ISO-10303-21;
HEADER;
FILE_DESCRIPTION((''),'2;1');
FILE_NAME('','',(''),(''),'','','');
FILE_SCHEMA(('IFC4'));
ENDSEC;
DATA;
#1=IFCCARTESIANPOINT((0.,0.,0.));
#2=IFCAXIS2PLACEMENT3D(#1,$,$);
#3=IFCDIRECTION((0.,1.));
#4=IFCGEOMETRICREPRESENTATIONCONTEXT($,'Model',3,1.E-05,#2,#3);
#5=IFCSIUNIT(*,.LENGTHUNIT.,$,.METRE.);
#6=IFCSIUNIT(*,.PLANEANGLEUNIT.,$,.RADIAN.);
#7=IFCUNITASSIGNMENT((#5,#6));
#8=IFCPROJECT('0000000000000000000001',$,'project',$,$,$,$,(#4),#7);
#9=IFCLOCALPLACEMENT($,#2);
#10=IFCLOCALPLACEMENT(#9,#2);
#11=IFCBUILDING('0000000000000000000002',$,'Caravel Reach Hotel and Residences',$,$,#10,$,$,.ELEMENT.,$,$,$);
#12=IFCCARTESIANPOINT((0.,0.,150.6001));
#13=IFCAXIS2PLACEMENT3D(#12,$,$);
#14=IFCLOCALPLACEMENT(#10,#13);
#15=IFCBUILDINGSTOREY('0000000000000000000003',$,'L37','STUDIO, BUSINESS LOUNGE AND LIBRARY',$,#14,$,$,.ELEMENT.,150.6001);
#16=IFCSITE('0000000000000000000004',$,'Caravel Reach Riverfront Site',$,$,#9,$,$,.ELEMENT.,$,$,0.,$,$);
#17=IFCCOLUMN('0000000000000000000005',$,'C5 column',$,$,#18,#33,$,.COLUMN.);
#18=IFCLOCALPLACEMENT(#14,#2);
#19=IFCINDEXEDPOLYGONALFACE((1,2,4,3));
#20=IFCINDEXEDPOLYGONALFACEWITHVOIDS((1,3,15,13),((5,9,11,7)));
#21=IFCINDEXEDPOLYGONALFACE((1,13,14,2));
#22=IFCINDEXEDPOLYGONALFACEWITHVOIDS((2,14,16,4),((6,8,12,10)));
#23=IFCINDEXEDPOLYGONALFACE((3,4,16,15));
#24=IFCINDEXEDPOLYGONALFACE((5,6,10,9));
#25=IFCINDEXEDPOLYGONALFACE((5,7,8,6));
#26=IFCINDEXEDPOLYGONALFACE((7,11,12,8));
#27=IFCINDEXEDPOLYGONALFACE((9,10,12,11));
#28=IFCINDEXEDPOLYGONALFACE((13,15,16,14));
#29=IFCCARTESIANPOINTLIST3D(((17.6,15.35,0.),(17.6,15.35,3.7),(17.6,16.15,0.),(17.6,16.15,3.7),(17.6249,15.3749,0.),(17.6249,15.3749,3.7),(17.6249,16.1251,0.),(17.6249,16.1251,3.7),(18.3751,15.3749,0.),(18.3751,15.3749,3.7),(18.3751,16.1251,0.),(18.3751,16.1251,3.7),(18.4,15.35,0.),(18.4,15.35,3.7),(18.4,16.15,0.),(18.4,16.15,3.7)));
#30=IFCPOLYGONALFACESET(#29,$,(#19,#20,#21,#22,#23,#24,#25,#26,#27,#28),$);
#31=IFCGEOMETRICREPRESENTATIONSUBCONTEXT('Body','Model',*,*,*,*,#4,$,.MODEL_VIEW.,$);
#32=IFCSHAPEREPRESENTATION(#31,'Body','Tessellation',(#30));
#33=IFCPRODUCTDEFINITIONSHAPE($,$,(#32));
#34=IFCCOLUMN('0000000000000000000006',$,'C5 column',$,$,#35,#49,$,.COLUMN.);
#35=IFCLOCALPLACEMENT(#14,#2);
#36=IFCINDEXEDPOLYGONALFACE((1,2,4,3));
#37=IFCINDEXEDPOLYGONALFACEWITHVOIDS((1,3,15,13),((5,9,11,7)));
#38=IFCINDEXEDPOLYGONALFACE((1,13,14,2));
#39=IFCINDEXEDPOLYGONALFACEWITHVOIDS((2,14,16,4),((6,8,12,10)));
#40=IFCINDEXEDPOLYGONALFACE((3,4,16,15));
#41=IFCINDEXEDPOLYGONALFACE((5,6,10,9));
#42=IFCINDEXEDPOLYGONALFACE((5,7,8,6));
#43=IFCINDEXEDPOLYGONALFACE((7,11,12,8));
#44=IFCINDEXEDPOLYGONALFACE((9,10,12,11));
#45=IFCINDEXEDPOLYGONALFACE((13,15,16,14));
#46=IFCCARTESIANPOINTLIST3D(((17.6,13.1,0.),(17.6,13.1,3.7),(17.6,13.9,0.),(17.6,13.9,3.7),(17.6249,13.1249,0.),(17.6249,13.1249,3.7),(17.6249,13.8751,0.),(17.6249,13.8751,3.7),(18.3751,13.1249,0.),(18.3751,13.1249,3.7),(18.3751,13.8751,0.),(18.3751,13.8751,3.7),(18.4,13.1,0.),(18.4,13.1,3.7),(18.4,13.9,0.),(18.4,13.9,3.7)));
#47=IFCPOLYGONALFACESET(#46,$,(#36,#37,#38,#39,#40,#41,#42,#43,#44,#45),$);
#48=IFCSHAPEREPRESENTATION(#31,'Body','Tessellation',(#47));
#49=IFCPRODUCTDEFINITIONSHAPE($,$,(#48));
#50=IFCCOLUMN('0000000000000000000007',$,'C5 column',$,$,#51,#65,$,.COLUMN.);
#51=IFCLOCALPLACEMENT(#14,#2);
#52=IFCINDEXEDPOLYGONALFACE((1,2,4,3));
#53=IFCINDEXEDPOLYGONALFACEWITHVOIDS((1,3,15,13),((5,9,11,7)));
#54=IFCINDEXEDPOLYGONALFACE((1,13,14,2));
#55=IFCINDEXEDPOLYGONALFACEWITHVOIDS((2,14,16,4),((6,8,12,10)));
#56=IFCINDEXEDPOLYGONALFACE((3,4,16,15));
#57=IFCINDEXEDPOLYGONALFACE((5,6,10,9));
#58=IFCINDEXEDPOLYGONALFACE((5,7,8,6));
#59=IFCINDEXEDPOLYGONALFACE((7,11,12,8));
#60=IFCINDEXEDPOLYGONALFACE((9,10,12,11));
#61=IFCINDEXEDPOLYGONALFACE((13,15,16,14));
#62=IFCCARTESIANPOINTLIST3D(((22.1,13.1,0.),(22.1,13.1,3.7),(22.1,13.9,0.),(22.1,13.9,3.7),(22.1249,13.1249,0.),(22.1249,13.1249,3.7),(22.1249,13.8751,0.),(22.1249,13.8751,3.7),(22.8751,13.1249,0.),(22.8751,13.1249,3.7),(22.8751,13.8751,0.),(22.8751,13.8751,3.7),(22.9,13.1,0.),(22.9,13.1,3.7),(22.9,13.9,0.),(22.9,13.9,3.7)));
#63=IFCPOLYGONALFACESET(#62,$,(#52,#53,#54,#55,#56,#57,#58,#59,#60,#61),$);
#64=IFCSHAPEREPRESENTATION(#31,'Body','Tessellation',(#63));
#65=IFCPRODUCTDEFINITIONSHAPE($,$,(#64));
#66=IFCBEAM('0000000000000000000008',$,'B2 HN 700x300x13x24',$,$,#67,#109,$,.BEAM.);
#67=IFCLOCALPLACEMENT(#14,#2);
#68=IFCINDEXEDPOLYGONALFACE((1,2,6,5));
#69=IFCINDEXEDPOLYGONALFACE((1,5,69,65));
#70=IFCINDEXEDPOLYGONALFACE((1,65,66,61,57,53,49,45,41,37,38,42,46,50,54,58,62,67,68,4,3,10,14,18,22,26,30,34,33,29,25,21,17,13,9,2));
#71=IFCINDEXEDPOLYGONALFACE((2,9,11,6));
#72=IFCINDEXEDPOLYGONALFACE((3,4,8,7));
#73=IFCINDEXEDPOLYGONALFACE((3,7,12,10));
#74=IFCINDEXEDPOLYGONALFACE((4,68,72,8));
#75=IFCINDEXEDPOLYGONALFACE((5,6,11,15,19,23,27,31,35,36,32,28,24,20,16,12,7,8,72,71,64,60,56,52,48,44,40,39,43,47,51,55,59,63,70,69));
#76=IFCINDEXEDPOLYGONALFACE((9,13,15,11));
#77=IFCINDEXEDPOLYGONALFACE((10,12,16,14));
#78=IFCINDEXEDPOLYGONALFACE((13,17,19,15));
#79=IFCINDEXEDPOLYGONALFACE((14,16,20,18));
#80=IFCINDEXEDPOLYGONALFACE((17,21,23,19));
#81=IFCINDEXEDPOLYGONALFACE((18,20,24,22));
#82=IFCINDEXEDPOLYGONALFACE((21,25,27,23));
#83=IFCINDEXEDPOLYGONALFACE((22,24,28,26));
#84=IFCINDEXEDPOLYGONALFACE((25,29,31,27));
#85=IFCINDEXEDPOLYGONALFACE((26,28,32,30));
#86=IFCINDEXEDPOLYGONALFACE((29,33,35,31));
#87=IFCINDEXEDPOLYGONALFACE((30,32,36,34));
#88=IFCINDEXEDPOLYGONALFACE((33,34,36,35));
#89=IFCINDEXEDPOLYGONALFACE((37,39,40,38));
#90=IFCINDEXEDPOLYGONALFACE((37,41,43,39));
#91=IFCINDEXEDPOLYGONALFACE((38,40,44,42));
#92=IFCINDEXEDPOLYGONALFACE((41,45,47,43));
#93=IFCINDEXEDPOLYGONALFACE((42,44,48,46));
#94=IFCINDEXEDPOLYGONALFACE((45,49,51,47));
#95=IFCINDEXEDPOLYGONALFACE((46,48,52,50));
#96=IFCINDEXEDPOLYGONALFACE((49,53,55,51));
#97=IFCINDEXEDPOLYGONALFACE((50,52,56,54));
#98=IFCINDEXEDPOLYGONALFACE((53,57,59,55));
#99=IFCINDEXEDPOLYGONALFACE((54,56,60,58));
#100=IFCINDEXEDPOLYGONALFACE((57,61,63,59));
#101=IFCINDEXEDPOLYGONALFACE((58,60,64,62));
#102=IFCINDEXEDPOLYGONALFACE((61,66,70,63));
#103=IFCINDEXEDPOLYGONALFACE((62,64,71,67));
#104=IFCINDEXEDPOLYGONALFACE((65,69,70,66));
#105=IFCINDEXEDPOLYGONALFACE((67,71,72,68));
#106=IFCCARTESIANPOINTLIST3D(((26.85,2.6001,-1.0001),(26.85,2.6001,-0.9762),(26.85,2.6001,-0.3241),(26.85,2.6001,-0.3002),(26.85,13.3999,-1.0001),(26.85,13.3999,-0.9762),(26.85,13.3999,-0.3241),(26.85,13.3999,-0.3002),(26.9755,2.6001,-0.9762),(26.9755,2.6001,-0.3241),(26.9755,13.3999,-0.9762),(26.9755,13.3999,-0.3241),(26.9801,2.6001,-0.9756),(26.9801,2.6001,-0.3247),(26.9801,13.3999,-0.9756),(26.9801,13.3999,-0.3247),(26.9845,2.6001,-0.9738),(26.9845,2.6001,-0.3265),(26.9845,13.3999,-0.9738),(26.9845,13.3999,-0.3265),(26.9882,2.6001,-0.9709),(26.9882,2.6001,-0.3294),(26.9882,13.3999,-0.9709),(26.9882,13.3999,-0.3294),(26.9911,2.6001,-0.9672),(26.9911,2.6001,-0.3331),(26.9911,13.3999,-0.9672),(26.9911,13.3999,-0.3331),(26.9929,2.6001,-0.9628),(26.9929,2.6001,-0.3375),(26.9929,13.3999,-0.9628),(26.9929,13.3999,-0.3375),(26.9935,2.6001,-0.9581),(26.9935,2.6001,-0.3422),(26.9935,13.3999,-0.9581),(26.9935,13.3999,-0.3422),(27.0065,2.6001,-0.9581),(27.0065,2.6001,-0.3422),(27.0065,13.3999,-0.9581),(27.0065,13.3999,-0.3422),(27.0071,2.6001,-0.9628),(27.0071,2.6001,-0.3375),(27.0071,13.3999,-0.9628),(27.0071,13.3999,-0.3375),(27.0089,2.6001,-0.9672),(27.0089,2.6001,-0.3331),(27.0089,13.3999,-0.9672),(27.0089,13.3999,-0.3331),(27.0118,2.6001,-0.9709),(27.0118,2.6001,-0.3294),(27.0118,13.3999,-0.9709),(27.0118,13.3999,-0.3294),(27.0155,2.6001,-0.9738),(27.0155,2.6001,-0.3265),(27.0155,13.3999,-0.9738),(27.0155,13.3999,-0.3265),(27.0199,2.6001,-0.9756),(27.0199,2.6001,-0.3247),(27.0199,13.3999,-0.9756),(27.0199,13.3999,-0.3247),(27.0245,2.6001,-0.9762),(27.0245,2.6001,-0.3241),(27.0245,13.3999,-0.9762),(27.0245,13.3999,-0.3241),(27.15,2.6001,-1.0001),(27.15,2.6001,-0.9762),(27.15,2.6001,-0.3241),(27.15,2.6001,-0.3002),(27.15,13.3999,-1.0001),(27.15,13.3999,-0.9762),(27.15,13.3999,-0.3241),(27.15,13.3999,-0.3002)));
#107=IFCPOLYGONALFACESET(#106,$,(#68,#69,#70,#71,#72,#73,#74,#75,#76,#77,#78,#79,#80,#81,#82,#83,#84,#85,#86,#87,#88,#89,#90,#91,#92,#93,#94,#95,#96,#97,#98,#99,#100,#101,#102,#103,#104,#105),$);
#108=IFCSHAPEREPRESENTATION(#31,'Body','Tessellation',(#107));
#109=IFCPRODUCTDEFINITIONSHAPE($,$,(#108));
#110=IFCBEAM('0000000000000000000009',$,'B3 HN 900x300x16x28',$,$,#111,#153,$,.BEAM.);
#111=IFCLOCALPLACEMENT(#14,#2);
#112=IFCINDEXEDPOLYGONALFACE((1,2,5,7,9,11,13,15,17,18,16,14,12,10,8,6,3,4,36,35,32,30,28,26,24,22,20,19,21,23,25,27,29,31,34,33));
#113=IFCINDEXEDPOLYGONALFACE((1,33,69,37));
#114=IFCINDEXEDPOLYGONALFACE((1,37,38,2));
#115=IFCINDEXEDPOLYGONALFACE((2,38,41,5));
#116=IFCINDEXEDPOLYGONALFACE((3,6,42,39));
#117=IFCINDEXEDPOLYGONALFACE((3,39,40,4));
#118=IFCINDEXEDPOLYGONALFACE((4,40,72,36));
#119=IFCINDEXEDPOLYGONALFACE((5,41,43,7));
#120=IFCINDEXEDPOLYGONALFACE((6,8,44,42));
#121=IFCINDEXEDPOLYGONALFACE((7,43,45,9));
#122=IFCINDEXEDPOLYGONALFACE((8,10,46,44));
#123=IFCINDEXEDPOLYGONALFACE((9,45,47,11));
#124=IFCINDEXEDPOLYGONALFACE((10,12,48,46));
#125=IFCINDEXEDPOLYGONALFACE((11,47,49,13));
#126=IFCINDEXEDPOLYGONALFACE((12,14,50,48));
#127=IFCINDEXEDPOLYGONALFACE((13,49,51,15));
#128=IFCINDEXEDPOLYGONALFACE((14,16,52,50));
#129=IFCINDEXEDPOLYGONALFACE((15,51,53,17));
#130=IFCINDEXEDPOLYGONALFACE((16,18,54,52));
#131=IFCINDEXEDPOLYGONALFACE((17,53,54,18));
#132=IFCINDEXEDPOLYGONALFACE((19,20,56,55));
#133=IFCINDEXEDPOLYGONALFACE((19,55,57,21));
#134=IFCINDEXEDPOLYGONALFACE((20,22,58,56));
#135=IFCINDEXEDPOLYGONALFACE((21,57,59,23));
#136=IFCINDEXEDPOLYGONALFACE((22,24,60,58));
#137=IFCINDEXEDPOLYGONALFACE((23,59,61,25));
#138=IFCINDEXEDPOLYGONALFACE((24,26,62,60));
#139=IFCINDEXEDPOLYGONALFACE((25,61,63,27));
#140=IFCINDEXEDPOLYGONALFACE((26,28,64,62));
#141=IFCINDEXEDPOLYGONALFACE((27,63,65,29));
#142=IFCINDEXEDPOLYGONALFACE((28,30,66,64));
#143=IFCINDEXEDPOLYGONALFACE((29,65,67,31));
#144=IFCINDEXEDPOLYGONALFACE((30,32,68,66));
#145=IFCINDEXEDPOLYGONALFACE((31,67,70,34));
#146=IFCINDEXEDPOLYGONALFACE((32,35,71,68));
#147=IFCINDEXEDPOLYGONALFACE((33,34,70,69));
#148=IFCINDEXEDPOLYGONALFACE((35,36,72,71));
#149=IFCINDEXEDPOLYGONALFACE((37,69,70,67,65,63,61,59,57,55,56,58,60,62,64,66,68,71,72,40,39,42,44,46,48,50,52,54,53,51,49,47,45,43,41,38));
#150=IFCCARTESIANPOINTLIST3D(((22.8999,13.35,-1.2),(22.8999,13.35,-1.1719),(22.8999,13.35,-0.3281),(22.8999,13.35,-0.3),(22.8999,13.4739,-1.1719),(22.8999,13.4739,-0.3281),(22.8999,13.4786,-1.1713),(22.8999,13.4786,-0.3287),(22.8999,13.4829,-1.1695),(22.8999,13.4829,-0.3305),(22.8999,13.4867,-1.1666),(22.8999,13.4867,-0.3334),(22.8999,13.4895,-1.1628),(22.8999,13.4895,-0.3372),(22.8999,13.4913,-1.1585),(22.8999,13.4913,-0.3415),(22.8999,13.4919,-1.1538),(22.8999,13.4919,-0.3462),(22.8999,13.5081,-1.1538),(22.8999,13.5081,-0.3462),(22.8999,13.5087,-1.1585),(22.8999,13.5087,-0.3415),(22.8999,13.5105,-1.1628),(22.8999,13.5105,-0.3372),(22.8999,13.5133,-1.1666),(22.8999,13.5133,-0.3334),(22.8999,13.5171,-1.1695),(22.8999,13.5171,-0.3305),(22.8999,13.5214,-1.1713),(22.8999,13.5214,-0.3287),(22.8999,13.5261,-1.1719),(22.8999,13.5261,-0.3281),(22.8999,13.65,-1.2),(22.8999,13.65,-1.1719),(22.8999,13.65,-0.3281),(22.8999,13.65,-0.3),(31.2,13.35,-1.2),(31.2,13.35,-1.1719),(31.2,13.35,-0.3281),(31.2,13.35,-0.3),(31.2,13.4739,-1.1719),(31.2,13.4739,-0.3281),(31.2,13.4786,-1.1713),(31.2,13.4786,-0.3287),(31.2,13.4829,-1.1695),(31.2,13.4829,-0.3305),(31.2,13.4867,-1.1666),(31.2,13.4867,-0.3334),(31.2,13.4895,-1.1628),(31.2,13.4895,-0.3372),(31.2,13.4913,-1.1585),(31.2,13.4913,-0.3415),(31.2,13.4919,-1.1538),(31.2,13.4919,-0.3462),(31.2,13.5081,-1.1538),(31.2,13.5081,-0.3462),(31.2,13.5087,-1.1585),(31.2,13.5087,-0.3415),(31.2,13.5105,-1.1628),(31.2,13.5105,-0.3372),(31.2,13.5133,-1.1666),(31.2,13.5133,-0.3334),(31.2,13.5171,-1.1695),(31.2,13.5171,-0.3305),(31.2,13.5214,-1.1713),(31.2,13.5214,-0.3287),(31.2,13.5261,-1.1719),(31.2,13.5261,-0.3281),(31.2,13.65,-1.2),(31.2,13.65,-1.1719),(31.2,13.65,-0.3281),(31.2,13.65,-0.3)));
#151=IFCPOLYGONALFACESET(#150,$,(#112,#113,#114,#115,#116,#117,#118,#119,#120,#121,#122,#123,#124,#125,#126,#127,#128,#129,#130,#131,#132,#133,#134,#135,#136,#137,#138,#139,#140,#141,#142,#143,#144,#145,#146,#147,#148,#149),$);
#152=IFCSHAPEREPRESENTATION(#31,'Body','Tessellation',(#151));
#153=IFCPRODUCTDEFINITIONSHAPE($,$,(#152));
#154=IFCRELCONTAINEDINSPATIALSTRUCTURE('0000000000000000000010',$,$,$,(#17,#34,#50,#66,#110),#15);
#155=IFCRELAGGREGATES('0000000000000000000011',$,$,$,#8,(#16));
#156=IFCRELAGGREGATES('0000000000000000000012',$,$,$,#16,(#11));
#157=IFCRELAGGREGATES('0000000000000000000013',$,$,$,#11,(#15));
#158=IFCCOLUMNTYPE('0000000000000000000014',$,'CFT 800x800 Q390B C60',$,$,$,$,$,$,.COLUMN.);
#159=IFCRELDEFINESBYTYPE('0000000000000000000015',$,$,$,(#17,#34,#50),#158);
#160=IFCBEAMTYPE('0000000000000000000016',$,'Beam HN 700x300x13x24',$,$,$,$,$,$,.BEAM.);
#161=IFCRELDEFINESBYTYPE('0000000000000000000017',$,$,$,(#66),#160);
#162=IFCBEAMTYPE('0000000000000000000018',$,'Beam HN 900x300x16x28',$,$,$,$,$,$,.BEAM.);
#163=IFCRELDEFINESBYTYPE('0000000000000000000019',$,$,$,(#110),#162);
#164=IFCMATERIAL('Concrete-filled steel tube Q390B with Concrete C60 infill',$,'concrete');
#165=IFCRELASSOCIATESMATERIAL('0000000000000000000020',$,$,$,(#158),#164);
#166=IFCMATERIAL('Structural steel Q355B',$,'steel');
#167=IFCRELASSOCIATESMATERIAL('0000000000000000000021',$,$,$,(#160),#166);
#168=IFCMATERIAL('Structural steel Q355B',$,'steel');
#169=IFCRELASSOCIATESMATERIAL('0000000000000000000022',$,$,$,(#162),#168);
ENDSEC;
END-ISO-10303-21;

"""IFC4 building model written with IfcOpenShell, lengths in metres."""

from ifc_helpers import new_model, si_unit, direction, frame, origin, origin_2d, place, context, subcontext, project, spatial, hollow_rectangle, i_section, extrude, material, material_profile, profile_set, type_object, element, save


model = new_model("IFC4")

# Units and contexts
model_context = context("Model", 3, precision=1e-05, world=origin(), true_north=direction((0.0, 1.0)))
body_context = subcontext(model_context, "Body", "Model", "MODEL_VIEW")
ifc_project = project(units=[si_unit("LENGTHUNIT", "METRE"), si_unit("PLANEANGLEUNIT", "RADIAN")], contexts=[model_context])

# Site, building, storey
site_placement = place(None, origin())
site = spatial("IfcSite", under=ifc_project, at=site_placement, Name="Caravel Reach Riverfront Site", CompositionType="ELEMENT", RefElevation=0.0)
building_placement = place(site_placement, origin())
building = spatial("IfcBuilding", under=site, at=building_placement, Name="Caravel Reach Hotel and Residences", CompositionType="ELEMENT")
storey_placement = place(building_placement, frame((0.0, 0.0, 150.6001)))
storey = spatial("IfcBuildingStorey", under=building, at=storey_placement, Name="L37", Description="STUDIO, BUSINESS LOUNGE AND LIBRARY", CompositionType="ELEMENT", Elevation=150.6001)

# Columns
ifc_material_1 = material(Name="Concrete-filled steel tube Q390B with Concrete C60 infill", Category="concrete")
ifc_material_profile_1 = material_profile(ifc_material_1, hollow_rectangle(XDim=0.8, YDim=0.8, WallThickness=0.0249, at=origin_2d()), Name="RHS 800x800x25")
ifc_profile_set_1 = profile_set([ifc_material_profile_1], Name="Concrete-filled steel tube Q390B with Concrete C60 infill")
column_type = type_object("IfcColumnType", Name="CFT 800x800 Q390B C60", PredefinedType="COLUMN", material=ifc_profile_set_1)
for number, where, z_axis, x_axis, name in (
    (1, (18.0, 15.75, 0.0), (0.0, 0.0, 1.0), (1.0, 0.0, 0.0), "C5 column"),
    (2, (18.0, 13.5, 0.0), (0.0, 0.0, 1.0), (1.0, 0.0, 0.0), "C5 column"),
    (3, (22.5, 13.5, 0.0), (0.0, 0.0, 1.0), (1.0, 0.0, 0.0), "C5 column"),
):
    element("IfcColumn", number, at=place(storey_placement, frame(where, z_axis=z_axis, x_axis=x_axis)), inside=storey, type_object=column_type, Name=name, PredefinedType="COLUMN", context=body_context, shape_type="SweptSolid", body=[
        extrude(hollow_rectangle(XDim=0.8, YDim=0.8, WallThickness=0.0249, at=origin_2d()), origin(), (0.0, 0.0, 1.0), 3.7),
    ])

# Beams
ifc_material_2 = material(Name="Structural steel Q355B", Category="steel")
ifc_material_profile_2 = material_profile(ifc_material_2, i_section(OverallWidth=0.3, OverallDepth=0.7, WebThickness=0.0129, FlangeThickness=0.0239, FilletRadius=0.0181, at=origin_2d()), Name="HN 700x300x13x24")
ifc_profile_set_2 = profile_set([ifc_material_profile_2], Name="Structural steel Q355B")
beam_type_1 = type_object("IfcBeamType", Name="Beam HN 700x300x13x24", PredefinedType="BEAM", material=ifc_profile_set_2)
beam_1_placement = place(storey_placement, frame((27.0, 13.3999, -0.6501), z_axis=(0.0, -1.0, 0.0), x_axis=(1.0, 0.0, 0.0)))
element("IfcBeam", 4, at=beam_1_placement, inside=storey, type_object=beam_type_1, Name="B2 HN 700x300x13x24", PredefinedType="BEAM", context=body_context, shape_type="SweptSolid", body=[
    extrude(i_section(OverallWidth=0.3, OverallDepth=0.7, WebThickness=0.0129, FlangeThickness=0.0239, FilletRadius=0.0181, at=origin_2d()), origin(), (0.0, 0.0, 1.0), 10.7998),
])
ifc_material_3 = material(Name="Structural steel Q355B", Category="steel")
ifc_material_profile_3 = material_profile(ifc_material_3, i_section(OverallWidth=0.3, OverallDepth=0.8999, WebThickness=0.0161, FlangeThickness=0.0281, FilletRadius=0.0181, at=origin_2d()), Name="HN 900x300x16x28")
ifc_profile_set_3 = profile_set([ifc_material_profile_3], Name="Structural steel Q355B")
beam_type_2 = type_object("IfcBeamType", Name="Beam HN 900x300x16x28", PredefinedType="BEAM", material=ifc_profile_set_3)
beam_2_placement = place(storey_placement, frame((22.8999, 13.5, -0.75), z_axis=(1.0, 0.0, 0.0), x_axis=(0.0, 1.0, 0.0)))
element("IfcBeam", 5, at=beam_2_placement, inside=storey, type_object=beam_type_2, Name="B3 HN 900x300x16x28", PredefinedType="BEAM", context=body_context, shape_type="SweptSolid", body=[
    extrude(i_section(OverallWidth=0.3, OverallDepth=0.8999, WebThickness=0.0161, FlangeThickness=0.0281, FilletRadius=0.0181, at=origin_2d()), origin(), (0.0, 0.0, 1.0), 8.3),
])

save(model, "model.ifc")
